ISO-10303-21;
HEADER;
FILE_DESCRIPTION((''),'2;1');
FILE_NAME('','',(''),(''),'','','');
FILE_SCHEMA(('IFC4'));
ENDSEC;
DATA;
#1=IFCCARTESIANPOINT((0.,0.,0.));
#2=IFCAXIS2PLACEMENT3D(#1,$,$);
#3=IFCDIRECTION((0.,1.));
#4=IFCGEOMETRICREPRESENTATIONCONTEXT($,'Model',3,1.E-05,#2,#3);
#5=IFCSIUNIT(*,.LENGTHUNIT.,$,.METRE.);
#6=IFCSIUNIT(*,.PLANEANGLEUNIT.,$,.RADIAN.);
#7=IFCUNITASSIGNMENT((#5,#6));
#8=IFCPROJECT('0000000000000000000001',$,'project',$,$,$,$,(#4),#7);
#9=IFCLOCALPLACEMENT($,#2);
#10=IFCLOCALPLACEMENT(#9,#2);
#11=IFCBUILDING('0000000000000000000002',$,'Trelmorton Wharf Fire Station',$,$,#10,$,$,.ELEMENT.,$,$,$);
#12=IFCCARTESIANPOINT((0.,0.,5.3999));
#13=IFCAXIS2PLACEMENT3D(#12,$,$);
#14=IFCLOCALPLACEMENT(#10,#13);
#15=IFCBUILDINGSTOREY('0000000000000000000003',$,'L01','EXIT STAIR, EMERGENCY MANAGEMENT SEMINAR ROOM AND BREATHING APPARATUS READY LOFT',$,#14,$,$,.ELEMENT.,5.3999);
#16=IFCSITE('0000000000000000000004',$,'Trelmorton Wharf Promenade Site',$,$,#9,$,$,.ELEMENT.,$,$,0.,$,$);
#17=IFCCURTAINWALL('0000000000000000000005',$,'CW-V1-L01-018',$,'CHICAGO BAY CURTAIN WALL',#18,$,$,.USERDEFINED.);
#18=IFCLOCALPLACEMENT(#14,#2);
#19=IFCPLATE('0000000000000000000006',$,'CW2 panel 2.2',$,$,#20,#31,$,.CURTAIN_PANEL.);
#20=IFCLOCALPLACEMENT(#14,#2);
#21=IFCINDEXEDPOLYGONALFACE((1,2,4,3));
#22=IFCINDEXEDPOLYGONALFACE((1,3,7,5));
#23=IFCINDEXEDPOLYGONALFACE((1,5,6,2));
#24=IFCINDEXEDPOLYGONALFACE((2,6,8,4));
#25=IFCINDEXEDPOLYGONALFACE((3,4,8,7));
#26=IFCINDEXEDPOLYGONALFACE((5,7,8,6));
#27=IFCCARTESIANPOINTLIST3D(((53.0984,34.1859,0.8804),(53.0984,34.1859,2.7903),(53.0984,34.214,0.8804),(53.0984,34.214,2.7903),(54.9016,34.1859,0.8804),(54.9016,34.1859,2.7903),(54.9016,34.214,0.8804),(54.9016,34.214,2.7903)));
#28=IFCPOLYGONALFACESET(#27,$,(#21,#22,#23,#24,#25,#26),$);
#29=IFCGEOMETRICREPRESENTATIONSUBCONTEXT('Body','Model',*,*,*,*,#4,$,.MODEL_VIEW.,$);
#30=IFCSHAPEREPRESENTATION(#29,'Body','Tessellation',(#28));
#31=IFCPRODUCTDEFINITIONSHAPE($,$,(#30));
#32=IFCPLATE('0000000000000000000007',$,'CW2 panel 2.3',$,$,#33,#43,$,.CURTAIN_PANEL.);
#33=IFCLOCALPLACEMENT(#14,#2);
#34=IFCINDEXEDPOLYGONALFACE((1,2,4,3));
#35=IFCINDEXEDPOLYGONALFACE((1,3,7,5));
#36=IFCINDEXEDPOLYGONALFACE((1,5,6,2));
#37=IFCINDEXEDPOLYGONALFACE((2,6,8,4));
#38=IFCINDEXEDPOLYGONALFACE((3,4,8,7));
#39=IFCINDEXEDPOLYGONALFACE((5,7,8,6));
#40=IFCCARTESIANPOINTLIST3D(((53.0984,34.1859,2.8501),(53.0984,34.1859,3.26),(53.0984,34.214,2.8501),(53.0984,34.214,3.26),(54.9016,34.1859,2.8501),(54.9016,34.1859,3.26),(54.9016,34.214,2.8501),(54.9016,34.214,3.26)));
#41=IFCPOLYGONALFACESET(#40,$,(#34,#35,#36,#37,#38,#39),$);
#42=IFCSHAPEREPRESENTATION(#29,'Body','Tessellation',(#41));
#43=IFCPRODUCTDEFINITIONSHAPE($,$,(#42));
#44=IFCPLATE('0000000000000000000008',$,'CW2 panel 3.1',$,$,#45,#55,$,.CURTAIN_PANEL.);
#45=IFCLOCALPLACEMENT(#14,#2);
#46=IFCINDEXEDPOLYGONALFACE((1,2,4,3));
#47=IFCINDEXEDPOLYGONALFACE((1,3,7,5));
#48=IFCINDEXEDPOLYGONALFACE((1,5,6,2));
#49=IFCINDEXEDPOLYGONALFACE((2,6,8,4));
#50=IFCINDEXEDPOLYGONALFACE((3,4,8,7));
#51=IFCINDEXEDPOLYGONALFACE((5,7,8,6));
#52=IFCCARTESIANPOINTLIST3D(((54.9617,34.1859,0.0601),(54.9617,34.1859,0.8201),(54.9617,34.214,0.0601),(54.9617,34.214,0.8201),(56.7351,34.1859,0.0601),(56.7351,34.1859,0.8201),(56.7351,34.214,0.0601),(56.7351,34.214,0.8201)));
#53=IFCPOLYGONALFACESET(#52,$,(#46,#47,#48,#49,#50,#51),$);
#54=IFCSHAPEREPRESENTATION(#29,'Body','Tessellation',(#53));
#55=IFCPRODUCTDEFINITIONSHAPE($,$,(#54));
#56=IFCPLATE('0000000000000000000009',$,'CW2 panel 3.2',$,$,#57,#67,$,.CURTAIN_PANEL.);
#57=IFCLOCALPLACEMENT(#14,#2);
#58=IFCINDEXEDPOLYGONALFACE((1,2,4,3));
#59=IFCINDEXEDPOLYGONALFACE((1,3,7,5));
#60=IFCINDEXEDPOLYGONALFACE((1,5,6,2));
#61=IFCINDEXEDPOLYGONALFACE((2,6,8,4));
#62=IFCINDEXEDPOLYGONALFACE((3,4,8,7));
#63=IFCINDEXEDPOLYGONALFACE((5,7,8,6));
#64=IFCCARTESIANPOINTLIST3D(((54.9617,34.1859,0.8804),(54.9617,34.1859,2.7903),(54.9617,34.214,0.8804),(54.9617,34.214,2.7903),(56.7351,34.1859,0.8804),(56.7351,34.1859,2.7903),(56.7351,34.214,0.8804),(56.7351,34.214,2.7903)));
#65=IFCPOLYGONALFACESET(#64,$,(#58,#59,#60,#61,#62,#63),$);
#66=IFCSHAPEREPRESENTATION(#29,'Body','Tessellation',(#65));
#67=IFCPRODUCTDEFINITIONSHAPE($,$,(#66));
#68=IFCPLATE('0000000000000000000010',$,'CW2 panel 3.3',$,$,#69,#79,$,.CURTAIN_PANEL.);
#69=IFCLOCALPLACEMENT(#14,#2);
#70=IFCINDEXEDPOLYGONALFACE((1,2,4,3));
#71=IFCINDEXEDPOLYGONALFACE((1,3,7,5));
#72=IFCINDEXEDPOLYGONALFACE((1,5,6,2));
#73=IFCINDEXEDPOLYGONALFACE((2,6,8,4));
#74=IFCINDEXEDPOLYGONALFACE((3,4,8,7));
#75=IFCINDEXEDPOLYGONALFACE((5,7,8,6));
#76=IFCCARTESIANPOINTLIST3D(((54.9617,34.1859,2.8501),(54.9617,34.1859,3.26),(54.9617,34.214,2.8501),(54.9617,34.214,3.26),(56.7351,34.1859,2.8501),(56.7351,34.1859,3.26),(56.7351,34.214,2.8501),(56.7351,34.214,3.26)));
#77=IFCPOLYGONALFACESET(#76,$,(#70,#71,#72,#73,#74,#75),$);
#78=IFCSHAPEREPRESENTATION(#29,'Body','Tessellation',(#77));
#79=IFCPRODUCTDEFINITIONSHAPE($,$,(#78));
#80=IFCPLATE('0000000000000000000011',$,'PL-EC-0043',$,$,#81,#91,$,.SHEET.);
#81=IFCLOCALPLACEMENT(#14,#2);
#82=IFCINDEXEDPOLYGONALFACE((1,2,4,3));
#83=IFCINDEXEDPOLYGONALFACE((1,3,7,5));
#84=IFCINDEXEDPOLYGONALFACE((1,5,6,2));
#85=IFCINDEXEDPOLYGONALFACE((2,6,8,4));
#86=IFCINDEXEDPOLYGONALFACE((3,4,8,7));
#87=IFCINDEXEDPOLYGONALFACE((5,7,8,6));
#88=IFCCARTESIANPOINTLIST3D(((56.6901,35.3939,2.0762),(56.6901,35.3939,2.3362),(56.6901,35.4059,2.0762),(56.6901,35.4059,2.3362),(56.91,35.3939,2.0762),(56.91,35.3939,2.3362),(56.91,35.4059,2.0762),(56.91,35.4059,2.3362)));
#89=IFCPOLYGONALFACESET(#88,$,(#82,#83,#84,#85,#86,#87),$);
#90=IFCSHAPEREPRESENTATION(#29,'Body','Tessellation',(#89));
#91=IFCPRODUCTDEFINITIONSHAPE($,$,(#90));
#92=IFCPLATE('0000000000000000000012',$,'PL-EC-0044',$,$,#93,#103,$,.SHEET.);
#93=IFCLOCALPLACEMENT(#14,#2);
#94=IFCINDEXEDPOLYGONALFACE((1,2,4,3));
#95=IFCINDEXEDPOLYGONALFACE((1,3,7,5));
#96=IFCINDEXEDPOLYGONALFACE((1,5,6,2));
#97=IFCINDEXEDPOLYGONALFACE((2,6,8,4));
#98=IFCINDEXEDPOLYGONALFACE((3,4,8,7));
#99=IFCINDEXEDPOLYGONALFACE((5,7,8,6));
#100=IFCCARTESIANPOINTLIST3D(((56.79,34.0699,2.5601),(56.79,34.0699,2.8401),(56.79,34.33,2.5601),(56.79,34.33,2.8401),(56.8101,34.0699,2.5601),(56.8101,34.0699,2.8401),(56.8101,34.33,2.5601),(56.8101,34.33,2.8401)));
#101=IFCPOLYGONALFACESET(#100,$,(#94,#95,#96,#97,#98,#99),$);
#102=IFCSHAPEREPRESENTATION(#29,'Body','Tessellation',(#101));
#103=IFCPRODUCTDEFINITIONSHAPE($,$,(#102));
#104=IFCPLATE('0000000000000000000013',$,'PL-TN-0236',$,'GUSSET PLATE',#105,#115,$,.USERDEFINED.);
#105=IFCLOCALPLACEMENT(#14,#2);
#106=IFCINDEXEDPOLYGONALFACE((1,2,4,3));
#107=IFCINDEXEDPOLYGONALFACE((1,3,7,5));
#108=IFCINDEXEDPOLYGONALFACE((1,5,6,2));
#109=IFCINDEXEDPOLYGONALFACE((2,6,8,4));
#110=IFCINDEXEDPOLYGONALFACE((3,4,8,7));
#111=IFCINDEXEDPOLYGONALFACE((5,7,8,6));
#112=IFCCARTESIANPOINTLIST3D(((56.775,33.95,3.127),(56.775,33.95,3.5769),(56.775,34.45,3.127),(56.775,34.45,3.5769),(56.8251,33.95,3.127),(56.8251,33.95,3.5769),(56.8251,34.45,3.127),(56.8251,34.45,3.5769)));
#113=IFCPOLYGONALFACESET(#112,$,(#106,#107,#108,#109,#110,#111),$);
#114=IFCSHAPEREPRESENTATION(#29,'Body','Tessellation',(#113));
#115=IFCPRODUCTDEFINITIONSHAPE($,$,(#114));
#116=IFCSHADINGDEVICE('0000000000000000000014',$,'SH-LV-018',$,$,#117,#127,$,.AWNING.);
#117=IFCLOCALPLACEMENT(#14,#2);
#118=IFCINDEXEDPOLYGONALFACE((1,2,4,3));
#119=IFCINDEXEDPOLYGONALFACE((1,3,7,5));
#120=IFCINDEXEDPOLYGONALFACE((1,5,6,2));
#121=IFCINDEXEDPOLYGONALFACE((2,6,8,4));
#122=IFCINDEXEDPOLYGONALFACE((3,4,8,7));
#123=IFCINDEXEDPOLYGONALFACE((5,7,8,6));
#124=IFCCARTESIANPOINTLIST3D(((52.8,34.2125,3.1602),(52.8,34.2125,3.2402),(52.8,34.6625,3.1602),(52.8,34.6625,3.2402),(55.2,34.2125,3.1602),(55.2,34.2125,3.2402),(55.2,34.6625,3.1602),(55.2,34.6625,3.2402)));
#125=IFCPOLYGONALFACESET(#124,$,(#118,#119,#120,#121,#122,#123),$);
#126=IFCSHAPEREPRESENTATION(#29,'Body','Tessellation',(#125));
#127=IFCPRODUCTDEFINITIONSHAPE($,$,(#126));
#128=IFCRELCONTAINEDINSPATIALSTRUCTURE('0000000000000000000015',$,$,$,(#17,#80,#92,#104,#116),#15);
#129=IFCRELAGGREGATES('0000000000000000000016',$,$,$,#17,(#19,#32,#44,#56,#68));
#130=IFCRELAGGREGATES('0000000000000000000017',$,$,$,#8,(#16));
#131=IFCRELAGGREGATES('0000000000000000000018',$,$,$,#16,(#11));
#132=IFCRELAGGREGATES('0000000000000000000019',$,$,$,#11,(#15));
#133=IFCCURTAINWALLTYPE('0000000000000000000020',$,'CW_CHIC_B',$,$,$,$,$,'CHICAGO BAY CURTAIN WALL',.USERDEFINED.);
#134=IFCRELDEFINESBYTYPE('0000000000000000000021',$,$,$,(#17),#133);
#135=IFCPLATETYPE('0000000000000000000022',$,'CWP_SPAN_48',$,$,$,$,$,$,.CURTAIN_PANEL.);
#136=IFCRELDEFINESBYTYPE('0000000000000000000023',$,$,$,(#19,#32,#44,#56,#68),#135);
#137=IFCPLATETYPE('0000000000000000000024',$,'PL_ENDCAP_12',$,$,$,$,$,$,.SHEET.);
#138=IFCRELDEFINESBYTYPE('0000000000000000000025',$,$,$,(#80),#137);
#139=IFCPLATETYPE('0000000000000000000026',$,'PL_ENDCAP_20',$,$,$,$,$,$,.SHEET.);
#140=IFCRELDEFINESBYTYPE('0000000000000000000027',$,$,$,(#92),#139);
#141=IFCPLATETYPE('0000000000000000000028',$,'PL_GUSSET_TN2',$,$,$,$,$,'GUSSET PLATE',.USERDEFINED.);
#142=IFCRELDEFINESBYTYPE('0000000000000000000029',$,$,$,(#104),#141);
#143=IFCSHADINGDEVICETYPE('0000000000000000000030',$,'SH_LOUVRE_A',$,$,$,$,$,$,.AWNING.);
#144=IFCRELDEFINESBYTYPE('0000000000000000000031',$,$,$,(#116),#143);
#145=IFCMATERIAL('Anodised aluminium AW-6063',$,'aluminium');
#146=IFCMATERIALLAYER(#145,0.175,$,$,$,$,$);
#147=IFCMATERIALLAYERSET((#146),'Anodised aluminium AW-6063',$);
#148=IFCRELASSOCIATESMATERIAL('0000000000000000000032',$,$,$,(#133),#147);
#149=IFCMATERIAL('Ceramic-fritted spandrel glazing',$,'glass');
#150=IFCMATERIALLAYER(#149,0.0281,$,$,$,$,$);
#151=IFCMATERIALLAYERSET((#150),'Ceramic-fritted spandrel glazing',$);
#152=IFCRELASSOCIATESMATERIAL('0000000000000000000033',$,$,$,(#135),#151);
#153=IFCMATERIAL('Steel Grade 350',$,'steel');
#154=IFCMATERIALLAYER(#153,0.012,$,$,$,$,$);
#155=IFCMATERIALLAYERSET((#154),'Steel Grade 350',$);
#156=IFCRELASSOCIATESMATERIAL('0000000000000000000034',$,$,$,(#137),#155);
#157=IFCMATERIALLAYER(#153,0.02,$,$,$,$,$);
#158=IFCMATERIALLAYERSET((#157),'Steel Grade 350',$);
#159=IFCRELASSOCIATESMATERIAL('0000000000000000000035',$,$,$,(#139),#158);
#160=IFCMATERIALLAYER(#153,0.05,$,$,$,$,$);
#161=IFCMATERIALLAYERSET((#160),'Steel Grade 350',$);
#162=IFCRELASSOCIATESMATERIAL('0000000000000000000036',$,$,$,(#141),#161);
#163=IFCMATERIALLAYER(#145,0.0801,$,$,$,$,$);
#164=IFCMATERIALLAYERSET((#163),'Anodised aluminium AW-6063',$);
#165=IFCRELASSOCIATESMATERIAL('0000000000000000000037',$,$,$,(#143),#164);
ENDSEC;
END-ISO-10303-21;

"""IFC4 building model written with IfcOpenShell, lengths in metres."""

from ifc_helpers import new_model, si_unit, direction, frame, origin, origin_2d, place, context, subcontext, project, spatial, rectangle, extrude, material, layer, layer_set, type_object, element, aggregate, save


model = new_model("IFC4")

# Units and contexts
model_context = context("Model", 3, precision=1e-05, world=origin(), true_north=direction((0.0, 1.0)))
body_context = subcontext(model_context, "Body", "Model", "MODEL_VIEW")
ifc_project = project(units=[si_unit("LENGTHUNIT", "METRE"), si_unit("PLANEANGLEUNIT", "RADIAN")], contexts=[model_context])

# Site, building, storey
site_placement = place(None, origin())
site = spatial("IfcSite", under=ifc_project, at=site_placement, Name="Trelmorton Wharf Promenade Site", CompositionType="ELEMENT", RefElevation=0.0)
building_placement = place(site_placement, origin())
building = spatial("IfcBuilding", under=site, at=building_placement, Name="Trelmorton Wharf Fire Station", CompositionType="ELEMENT")
storey_placement = place(building_placement, frame((0.0, 0.0, 5.3999)))
storey = spatial("IfcBuildingStorey", under=building, at=storey_placement, Name="L01", Description="EXIT STAIR, EMERGENCY MANAGEMENT SEMINAR ROOM AND BREATHING APPARATUS READY LOFT", CompositionType="ELEMENT", Elevation=5.3999)

# Shared definitions
ifc_material_1 = material(Name="Steel Grade 350", Category="steel")

# Curtain wall
ifc_material_2 = material(Name="Anodised aluminium AW-6063", Category="aluminium")
ifc_layer_1 = layer(ifc_material_2, 0.175)
ifc_layer_set_1 = layer_set([ifc_layer_1], Name="Anodised aluminium AW-6063")
curtain_wall_type = type_object("IfcCurtainWallType", Name="CW_CHIC_B", ElementType="CHICAGO BAY CURTAIN WALL", PredefinedType="USERDEFINED", material=ifc_layer_set_1)
curtain_wall_placement = place(storey_placement, origin())
curtain_wall = element("IfcCurtainWall", 1, at=curtain_wall_placement, inside=storey, type_object=curtain_wall_type, Name="CW-V1-L01-018", ObjectType="CHICAGO BAY CURTAIN WALL", PredefinedType="USERDEFINED")

# Plates
ifc_material_3 = material(Name="Ceramic-fritted spandrel glazing", Category="glass")
ifc_layer_2 = layer(ifc_material_3, 0.0281)
ifc_layer_set_2 = layer_set([ifc_layer_2], Name="Ceramic-fritted spandrel glazing")
plate_type_1 = type_object("IfcPlateType", Name="CWP_SPAN_48", PredefinedType="CURTAIN_PANEL", material=ifc_layer_set_2)
plate_1_placement = place(storey_placement, frame((54.0, 34.2, 0.8804), z_axis=(0.0, 0.0, 1.0), x_axis=(1.0, 0.0, 0.0)))
plate_1 = element("IfcPlate", 2, at=plate_1_placement, type_object=plate_type_1, Name="CW2 panel 2.2", PredefinedType="CURTAIN_PANEL", context=body_context, shape_type="SweptSolid", body=[
    extrude(rectangle(XDim=1.8032, YDim=0.0281, at=origin_2d()), origin(), (0.0, 0.0, 1.0), 1.9099),
])
plate_2_placement = place(storey_placement, frame((54.0, 34.2, 2.8501), z_axis=(0.0, 0.0, 1.0), x_axis=(1.0, 0.0, 0.0)))
plate_2 = element("IfcPlate", 3, at=plate_2_placement, type_object=plate_type_1, Name="CW2 panel 2.3", PredefinedType="CURTAIN_PANEL", context=body_context, shape_type="SweptSolid", body=[
    extrude(rectangle(XDim=1.8032, YDim=0.0281, at=origin_2d()), origin(), (0.0, 0.0, 1.0), 0.4099),
])
plate_3_placement = place(storey_placement, frame((55.8484, 34.2, 0.0601), z_axis=(0.0, 0.0, 1.0), x_axis=(1.0, 0.0, 0.0)))
plate_3 = element("IfcPlate", 4, at=plate_3_placement, type_object=plate_type_1, Name="CW2 panel 3.1", PredefinedType="CURTAIN_PANEL", context=body_context, shape_type="SweptSolid", body=[
    extrude(rectangle(XDim=1.7734, YDim=0.0281, at=origin_2d()), origin(), (0.0, 0.0, 1.0), 0.76),
])
plate_4_placement = place(storey_placement, frame((55.8484, 34.2, 0.8804), z_axis=(0.0, 0.0, 1.0), x_axis=(1.0, 0.0, 0.0)))
plate_4 = element("IfcPlate", 5, at=plate_4_placement, type_object=plate_type_1, Name="CW2 panel 3.2", PredefinedType="CURTAIN_PANEL", context=body_context, shape_type="SweptSolid", body=[
    extrude(rectangle(XDim=1.7734, YDim=0.0281, at=origin_2d()), origin(), (0.0, 0.0, 1.0), 1.9099),
])
plate_5_placement = place(storey_placement, frame((55.8484, 34.2, 2.8501), z_axis=(0.0, 0.0, 1.0), x_axis=(1.0, 0.0, 0.0)))
plate_5 = element("IfcPlate", 6, at=plate_5_placement, type_object=plate_type_1, Name="CW2 panel 3.3", PredefinedType="CURTAIN_PANEL", context=body_context, shape_type="SweptSolid", body=[
    extrude(rectangle(XDim=1.7734, YDim=0.0281, at=origin_2d()), origin(), (0.0, 0.0, 1.0), 0.4099),
])
aggregate(curtain_wall, [plate_1, plate_2, plate_3, plate_4, plate_5])

# Plates
ifc_layer_3 = layer(ifc_material_1, 0.012)
ifc_layer_set_3 = layer_set([ifc_layer_3], Name="Steel Grade 350")
plate_type_2 = type_object("IfcPlateType", Name="PL_ENDCAP_12", PredefinedType="SHEET", material=ifc_layer_set_3)
plate_6_placement = place(storey_placement, frame((56.8, 35.3999, 2.0762), z_axis=(0.0, 0.0, 1.0), x_axis=(1.0, 0.0, 0.0)))
element("IfcPlate", 7, at=plate_6_placement, inside=storey, type_object=plate_type_2, Name="PL-EC-0043", PredefinedType="SHEET", context=body_context, shape_type="SweptSolid", body=[
    extrude(rectangle(XDim=0.22, YDim=0.012, at=origin_2d()), origin(), (0.0, 0.0, 1.0), 0.26),
])
ifc_layer_4 = layer(ifc_material_1, 0.02)
ifc_layer_set_4 = layer_set([ifc_layer_4], Name="Steel Grade 350")
plate_type_3 = type_object("IfcPlateType", Name="PL_ENDCAP_20", PredefinedType="SHEET", material=ifc_layer_set_4)
plate_7_placement = place(storey_placement, frame((56.8, 34.2, 2.5601), z_axis=(0.0, 0.0, 1.0), x_axis=(1.0, 0.0, 0.0)))
element("IfcPlate", 8, at=plate_7_placement, inside=storey, type_object=plate_type_3, Name="PL-EC-0044", PredefinedType="SHEET", context=body_context, shape_type="SweptSolid", body=[
    extrude(rectangle(XDim=0.02, YDim=0.26, at=origin_2d()), origin(), (0.0, 0.0, 1.0), 0.28),
])
ifc_layer_5 = layer(ifc_material_1, 0.05)
ifc_layer_set_5 = layer_set([ifc_layer_5], Name="Steel Grade 350")
plate_type_4 = type_object("IfcPlateType", Name="PL_GUSSET_TN2", ElementType="GUSSET PLATE", PredefinedType="USERDEFINED", material=ifc_layer_set_5)
plate_8_placement = place(storey_placement, frame((56.8, 34.2, 3.127), z_axis=(0.0, 0.0, 1.0), x_axis=(1.0, 0.0, 0.0)))
element("IfcPlate", 9, at=plate_8_placement, inside=storey, type_object=plate_type_4, Name="PL-TN-0236", ObjectType="GUSSET PLATE", PredefinedType="USERDEFINED", context=body_context, shape_type="SweptSolid", body=[
    extrude(rectangle(XDim=0.05, YDim=0.5, at=origin_2d()), origin(), (0.0, 0.0, 1.0), 0.45),
])

# Shading device
ifc_layer_6 = layer(ifc_material_2, 0.0801)
ifc_layer_set_6 = layer_set([ifc_layer_6], Name="Anodised aluminium AW-6063")
shading_device_type = type_object("IfcShadingDeviceType", Name="SH_LOUVRE_A", PredefinedType="AWNING", material=ifc_layer_set_6)
shading_device_placement = place(storey_placement, frame((54.0, 34.4375, 3.1602), z_axis=(0.0, 0.0, 1.0), x_axis=(1.0, 0.0, 0.0)))
element("IfcShadingDevice", 10, at=shading_device_placement, inside=storey, type_object=shading_device_type, Name="SH-LV-018", PredefinedType="AWNING", context=body_context, shape_type="SweptSolid", body=[
    extrude(rectangle(XDim=2.3999, YDim=0.45, at=origin_2d()), origin(), (0.0, 0.0, 1.0), 0.0801),
])

save(model, "model.ifc")
